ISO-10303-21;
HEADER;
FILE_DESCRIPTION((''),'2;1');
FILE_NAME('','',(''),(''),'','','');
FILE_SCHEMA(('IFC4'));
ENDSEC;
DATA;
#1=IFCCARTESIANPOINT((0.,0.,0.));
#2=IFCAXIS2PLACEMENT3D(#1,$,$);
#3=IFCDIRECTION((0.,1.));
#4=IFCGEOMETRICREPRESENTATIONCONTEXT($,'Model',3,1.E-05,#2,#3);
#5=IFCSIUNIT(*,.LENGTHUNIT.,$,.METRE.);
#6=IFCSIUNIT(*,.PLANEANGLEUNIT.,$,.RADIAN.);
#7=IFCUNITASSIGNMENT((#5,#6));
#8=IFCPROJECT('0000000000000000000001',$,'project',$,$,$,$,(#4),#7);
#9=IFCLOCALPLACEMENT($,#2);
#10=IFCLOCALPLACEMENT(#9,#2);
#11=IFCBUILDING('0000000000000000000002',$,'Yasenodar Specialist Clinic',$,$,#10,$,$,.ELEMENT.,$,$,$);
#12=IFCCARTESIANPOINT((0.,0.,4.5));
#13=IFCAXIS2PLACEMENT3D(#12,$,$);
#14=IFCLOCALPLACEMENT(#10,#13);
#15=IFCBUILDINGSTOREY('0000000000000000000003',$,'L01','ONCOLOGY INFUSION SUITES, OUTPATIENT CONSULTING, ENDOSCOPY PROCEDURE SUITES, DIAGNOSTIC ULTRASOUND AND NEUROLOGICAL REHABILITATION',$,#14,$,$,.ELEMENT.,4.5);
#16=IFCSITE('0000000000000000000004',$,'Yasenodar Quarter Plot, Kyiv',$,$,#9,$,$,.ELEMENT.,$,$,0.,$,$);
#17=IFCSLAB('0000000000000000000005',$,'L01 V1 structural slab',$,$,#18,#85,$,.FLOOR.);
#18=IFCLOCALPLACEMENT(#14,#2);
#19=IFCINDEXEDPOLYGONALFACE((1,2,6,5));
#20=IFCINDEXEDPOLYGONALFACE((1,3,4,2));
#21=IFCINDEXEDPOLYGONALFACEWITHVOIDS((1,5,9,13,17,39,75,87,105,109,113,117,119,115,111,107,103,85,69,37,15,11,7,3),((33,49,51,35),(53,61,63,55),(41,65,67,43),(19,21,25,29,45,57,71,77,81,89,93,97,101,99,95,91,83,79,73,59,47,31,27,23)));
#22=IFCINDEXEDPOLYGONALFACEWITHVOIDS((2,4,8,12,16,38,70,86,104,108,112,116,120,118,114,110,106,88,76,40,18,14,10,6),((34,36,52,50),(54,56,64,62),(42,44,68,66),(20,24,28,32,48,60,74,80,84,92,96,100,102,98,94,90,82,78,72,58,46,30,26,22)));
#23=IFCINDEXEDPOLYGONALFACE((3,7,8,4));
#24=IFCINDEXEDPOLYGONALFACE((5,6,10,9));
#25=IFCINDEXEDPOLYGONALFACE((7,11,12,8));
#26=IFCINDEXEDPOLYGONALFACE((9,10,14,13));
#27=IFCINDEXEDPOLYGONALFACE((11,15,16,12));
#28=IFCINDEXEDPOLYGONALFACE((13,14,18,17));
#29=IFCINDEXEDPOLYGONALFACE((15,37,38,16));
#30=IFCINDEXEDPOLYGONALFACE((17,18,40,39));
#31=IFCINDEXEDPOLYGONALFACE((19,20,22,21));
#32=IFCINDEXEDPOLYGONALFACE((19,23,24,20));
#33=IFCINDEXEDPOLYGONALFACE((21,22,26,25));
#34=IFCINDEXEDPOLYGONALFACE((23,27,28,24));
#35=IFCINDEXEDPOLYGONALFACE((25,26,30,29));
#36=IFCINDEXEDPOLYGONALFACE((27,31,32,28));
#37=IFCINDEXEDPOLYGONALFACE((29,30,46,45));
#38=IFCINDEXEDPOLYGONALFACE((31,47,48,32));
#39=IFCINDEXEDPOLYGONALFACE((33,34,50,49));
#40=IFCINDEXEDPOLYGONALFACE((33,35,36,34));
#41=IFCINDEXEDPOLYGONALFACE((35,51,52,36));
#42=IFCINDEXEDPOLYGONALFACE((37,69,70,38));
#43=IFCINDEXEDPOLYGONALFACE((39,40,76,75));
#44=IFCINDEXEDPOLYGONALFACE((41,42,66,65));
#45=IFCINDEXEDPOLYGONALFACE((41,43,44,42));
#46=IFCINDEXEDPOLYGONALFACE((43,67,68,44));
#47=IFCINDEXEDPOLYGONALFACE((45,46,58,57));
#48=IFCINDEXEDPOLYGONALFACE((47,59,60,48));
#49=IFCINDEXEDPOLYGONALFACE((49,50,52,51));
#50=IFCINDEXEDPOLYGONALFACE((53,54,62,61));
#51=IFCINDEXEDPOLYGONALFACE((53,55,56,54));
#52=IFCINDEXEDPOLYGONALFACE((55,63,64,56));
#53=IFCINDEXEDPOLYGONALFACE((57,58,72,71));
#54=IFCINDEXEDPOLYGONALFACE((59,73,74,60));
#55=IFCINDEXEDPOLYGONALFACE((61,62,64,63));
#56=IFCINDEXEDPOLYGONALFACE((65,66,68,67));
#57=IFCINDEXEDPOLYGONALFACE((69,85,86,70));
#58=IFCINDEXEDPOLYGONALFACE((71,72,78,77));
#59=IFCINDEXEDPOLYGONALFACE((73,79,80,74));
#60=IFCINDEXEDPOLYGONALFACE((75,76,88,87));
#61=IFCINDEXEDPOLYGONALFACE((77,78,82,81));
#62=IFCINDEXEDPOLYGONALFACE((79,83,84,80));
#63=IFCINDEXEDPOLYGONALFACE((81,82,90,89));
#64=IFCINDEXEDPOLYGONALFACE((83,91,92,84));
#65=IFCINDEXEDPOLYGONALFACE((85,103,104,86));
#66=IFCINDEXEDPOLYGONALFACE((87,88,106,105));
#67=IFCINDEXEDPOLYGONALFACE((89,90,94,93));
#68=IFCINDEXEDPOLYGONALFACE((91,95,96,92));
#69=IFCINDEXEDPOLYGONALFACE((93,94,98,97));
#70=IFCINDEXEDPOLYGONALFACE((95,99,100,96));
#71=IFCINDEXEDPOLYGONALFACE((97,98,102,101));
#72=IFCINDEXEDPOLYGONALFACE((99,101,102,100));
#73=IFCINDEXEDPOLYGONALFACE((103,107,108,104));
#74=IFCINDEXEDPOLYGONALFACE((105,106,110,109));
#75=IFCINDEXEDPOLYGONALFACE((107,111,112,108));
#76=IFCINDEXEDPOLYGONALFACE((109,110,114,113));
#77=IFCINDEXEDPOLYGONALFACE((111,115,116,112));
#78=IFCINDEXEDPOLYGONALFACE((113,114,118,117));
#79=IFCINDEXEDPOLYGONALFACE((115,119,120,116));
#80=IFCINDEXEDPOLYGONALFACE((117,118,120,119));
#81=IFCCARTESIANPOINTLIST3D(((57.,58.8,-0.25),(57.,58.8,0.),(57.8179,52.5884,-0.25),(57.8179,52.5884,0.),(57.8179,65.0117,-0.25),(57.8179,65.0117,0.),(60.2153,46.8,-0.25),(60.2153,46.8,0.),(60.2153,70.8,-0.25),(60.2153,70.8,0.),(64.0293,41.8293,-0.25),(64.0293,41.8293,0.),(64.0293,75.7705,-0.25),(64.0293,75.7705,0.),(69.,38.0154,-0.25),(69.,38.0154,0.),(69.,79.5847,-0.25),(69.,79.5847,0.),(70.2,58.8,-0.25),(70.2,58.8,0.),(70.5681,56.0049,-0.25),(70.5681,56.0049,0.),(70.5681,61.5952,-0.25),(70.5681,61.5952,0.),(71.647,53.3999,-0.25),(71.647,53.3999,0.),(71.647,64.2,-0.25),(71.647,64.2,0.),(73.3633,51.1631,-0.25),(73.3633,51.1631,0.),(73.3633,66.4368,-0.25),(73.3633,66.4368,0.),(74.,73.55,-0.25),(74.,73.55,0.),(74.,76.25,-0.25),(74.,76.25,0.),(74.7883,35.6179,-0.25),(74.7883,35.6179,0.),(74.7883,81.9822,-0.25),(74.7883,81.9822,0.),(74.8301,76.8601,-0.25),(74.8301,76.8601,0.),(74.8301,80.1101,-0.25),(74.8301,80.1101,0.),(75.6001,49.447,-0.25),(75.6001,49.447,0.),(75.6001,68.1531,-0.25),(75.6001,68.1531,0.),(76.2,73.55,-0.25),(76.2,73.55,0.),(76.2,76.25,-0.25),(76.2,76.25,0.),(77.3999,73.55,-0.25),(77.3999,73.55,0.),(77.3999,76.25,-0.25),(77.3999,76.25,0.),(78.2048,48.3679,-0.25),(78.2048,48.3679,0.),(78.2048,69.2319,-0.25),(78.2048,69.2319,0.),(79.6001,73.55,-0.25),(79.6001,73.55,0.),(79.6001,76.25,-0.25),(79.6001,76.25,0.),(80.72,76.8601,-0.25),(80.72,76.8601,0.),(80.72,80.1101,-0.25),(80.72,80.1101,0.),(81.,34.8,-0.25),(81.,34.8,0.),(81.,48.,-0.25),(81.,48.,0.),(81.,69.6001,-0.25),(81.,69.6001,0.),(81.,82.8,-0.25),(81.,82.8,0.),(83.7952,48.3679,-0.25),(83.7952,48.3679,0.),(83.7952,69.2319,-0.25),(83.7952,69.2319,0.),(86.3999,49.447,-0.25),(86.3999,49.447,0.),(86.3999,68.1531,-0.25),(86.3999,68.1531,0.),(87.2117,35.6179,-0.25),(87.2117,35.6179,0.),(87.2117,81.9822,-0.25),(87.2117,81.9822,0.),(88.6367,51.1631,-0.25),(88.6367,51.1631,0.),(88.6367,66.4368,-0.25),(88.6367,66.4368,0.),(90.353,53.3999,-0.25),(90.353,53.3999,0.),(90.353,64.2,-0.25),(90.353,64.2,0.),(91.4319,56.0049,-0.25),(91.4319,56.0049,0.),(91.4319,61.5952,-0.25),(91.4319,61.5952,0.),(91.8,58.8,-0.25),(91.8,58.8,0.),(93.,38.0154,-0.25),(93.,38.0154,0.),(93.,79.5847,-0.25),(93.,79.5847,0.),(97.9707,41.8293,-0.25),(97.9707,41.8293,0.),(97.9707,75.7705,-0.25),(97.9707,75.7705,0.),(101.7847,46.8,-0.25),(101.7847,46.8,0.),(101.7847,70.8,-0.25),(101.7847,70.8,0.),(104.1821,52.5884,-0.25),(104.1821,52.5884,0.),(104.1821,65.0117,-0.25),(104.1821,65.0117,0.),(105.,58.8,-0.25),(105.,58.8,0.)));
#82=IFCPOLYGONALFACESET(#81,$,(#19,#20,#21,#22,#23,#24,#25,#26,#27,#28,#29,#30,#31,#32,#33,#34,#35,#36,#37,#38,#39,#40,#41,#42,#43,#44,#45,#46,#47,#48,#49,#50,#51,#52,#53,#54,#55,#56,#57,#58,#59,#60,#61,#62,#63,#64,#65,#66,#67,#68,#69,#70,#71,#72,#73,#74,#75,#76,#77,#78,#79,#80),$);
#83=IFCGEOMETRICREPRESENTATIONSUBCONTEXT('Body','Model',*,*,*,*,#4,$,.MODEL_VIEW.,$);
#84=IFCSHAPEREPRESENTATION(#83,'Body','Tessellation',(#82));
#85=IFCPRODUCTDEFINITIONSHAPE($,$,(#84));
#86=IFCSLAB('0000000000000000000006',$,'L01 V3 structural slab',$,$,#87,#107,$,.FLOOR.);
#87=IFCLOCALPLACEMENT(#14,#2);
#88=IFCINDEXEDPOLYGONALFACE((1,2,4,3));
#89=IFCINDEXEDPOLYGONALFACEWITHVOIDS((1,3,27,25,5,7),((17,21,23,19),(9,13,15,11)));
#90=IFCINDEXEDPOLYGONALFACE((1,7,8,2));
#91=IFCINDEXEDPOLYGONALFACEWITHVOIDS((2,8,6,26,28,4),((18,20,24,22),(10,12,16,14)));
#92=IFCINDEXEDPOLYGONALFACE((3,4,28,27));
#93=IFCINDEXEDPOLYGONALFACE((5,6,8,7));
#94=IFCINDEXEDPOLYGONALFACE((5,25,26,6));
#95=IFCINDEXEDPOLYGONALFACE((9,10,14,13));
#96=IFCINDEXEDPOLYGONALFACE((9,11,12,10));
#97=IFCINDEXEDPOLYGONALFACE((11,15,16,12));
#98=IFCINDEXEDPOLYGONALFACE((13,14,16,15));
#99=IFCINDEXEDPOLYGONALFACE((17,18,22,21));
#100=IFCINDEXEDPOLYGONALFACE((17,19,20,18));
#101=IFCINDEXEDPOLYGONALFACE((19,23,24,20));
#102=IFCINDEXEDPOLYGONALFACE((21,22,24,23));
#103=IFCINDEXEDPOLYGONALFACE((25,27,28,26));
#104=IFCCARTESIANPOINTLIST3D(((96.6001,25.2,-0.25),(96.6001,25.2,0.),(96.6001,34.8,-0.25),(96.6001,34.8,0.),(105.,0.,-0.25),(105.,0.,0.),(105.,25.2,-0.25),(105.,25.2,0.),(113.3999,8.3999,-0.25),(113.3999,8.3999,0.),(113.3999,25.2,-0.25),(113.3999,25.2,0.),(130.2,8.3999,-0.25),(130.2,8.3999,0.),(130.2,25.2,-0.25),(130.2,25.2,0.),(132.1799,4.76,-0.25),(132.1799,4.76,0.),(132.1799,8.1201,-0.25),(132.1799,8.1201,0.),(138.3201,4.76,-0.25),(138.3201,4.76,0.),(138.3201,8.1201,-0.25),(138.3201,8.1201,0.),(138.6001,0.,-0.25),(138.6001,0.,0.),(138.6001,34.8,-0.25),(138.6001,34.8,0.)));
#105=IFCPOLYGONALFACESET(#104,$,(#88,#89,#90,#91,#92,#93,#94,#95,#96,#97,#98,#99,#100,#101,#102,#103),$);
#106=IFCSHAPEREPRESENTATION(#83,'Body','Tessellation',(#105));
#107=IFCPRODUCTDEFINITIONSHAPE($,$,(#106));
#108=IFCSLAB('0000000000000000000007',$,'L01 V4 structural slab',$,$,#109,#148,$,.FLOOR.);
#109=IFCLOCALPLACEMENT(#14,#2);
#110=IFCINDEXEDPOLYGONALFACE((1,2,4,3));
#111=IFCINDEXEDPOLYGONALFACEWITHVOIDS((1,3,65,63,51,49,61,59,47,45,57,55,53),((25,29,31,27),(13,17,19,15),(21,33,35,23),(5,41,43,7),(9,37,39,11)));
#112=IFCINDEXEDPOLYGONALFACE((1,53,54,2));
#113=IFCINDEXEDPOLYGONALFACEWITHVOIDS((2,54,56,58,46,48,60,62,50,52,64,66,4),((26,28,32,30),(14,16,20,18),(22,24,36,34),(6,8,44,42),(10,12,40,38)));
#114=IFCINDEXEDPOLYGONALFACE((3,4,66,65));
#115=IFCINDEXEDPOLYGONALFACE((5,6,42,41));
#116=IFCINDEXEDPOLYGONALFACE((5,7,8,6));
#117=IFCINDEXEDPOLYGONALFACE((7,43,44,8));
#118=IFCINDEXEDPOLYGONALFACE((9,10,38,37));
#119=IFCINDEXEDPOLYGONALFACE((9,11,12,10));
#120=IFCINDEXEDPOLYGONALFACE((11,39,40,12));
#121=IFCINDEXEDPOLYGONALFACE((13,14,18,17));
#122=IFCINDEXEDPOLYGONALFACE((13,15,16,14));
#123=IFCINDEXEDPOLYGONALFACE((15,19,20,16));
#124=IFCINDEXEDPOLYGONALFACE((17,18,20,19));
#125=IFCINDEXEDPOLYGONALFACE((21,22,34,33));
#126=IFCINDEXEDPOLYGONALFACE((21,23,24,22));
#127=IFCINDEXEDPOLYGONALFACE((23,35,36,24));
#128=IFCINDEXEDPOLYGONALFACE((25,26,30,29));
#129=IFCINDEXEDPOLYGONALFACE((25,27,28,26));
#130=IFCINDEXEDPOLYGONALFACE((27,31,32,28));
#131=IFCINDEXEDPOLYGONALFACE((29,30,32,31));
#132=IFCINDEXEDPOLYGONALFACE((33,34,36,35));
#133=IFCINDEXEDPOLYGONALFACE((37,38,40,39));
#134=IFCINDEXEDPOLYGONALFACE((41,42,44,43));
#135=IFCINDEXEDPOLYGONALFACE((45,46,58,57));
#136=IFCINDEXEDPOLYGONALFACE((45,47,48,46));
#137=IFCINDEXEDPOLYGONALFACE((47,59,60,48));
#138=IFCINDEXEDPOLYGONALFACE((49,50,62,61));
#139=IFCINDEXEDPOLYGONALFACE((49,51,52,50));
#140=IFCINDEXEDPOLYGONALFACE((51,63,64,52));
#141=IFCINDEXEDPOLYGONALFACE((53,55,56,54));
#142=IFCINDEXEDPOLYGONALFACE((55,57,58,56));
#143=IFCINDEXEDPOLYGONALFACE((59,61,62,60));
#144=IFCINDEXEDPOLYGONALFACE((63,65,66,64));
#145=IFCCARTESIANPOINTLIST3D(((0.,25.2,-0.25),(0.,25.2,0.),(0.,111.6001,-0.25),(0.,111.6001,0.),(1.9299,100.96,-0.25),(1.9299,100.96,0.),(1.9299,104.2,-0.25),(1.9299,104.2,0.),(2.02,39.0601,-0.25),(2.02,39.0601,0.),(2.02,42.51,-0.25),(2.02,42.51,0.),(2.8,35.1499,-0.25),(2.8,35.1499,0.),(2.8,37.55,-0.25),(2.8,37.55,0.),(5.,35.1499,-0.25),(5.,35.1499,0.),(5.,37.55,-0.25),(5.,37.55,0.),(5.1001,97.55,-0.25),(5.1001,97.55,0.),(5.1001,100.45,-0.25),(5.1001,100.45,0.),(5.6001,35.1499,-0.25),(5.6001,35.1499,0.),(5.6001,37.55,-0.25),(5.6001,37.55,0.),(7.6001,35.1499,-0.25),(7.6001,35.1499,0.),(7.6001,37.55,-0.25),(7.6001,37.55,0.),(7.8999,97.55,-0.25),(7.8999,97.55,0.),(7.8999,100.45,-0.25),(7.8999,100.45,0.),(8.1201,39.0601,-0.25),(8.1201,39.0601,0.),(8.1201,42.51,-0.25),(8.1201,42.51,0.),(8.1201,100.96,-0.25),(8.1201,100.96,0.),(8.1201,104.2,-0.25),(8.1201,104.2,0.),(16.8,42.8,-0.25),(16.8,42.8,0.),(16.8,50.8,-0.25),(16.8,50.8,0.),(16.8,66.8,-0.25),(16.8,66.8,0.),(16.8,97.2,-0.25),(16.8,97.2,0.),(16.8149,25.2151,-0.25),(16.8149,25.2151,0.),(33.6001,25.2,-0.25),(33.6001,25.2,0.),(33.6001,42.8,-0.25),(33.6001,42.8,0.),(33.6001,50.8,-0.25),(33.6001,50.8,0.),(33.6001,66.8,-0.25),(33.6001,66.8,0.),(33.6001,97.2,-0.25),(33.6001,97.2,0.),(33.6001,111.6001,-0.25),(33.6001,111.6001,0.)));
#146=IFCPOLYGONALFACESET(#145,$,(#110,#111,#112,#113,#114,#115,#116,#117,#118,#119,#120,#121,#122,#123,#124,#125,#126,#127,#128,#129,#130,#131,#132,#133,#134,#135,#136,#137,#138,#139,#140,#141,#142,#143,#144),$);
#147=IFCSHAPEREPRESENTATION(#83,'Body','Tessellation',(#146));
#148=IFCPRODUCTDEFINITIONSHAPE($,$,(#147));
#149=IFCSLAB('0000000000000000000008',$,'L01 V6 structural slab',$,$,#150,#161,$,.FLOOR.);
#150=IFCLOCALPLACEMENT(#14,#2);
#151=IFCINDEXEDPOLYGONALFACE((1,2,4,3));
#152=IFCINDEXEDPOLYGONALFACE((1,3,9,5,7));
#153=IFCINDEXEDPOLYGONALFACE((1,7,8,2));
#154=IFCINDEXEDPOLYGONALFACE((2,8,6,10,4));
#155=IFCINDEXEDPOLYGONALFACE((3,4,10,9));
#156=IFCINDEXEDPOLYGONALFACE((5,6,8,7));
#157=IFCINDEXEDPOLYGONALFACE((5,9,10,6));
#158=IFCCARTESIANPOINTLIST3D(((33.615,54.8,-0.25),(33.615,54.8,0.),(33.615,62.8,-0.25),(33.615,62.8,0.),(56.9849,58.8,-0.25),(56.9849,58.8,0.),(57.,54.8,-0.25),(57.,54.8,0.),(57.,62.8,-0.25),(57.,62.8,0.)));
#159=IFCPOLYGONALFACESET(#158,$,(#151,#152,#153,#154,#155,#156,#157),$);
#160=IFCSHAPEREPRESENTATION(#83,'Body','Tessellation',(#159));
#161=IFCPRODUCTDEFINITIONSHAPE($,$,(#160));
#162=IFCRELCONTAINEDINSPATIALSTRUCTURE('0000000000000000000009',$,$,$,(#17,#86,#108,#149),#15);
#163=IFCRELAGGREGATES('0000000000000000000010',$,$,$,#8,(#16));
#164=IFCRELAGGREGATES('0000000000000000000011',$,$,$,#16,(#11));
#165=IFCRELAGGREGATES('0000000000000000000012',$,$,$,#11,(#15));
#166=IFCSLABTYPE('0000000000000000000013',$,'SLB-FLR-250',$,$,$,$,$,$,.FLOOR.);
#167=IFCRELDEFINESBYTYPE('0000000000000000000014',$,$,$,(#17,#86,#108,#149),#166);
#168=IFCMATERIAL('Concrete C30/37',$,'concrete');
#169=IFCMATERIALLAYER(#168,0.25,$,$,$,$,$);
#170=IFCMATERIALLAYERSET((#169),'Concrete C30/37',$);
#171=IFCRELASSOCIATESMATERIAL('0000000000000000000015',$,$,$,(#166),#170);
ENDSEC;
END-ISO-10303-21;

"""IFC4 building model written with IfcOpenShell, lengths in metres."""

from ifc_helpers import new_model, si_unit, direction, frame, origin, place, context, subcontext, project, spatial, polyline, outline, extrude, material, layer, layer_set, type_object, element, save


model = new_model("IFC4")

# Units and contexts
model_context = context("Model", 3, precision=1e-05, world=origin(), true_north=direction((0.0, 1.0)))
body_context = subcontext(model_context, "Body", "Model", "MODEL_VIEW")
ifc_project = project(units=[si_unit("LENGTHUNIT", "METRE"), si_unit("PLANEANGLEUNIT", "RADIAN")], contexts=[model_context])

# Site, building, storey
site_placement = place(None, origin())
site = spatial("IfcSite", under=ifc_project, at=site_placement, Name="Yasenodar Quarter Plot, Kyiv", CompositionType="ELEMENT", RefElevation=0.0)
building_placement = place(site_placement, origin())
building = spatial("IfcBuilding", under=site, at=building_placement, Name="Yasenodar Specialist Clinic", CompositionType="ELEMENT")
storey_placement = place(building_placement, frame((0.0, 0.0, 4.5)))
storey = spatial("IfcBuildingStorey", under=building, at=storey_placement, Name="L01", Description="ONCOLOGY INFUSION SUITES, OUTPATIENT CONSULTING, ENDOSCOPY PROCEDURE SUITES, DIAGNOSTIC ULTRASOUND AND NEUROLOGICAL REHABILITATION", CompositionType="ELEMENT", Elevation=4.5)

# Slabs
ifc_material_1 = material(Name="Concrete C30/37", Category="concrete")
ifc_layer_1 = layer(ifc_material_1, 0.25)
ifc_layer_set_1 = layer_set([ifc_layer_1], Name="Concrete C30/37")
slab_type_1 = type_object("IfcSlabType", Name="SLB-FLR-250", PredefinedType="FLOOR", material=ifc_layer_set_1)
slab_1_placement = place(storey_placement, frame((0.0, 0.0, -0.25)))
element("IfcSlab", 1, at=slab_1_placement, inside=storey, type_object=slab_type_1, Name="L01 V1 structural slab", PredefinedType="FLOOR", context=body_context, shape_type="SweptSolid", body=[
    extrude(outline(polyline([(105.0, 58.8), (104.1821, 65.0117), (101.7847, 70.8), (97.9707, 75.7705), (93.0, 79.5847), (87.2117, 81.9822), (81.0, 82.8), (74.7883, 81.9822), (69.0, 79.5847), (64.0293, 75.7705), (60.2153, 70.8), (57.8179, 65.0117), (57.0, 58.8), (57.8179, 52.5884), (60.2153, 46.8), (64.0293, 41.8293), (69.0, 38.0154), (74.7883, 35.6179), (81.0, 34.8), (87.2117, 35.6179), (93.0, 38.0154), (97.9707, 41.8293), (101.7847, 46.8), (104.1821, 52.5884), (105.0, 58.8)]), holes=[polyline([(74.8301, 76.8601), (80.72, 76.8601), (80.72, 80.1101), (74.8301, 80.1101), (74.8301, 76.8601)]), polyline([(74.0, 73.55), (76.2, 73.55), (76.2, 76.25), (74.0, 76.25), (74.0, 73.55)]), polyline([(77.3999, 73.55), (79.6001, 73.55), (79.6001, 76.25), (77.3999, 76.25), (77.3999, 73.55)]), polyline([(91.8, 58.8), (91.4319, 61.5952), (90.353, 64.2), (88.6367, 66.4368), (86.3999, 68.1531), (83.7952, 69.2319), (81.0, 69.6001), (78.2048, 69.2319), (75.6001, 68.1531), (73.3633, 66.4368), (71.647, 64.2), (70.5681, 61.5952), (70.2, 58.8), (70.5681, 56.0049), (71.647, 53.3999), (73.3633, 51.1631), (75.6001, 49.447), (78.2048, 48.3679), (81.0, 48.0), (83.7952, 48.3679), (86.3999, 49.447), (88.6367, 51.1631), (90.353, 53.3999), (91.4319, 56.0049), (91.8, 58.8)])]), origin(), (0.0, 0.0, 1.0), 0.25),
])
slab_2_placement = place(storey_placement, frame((0.0, 0.0, -0.25)))
element("IfcSlab", 2, at=slab_2_placement, inside=storey, type_object=slab_type_1, Name="L01 V3 structural slab", PredefinedType="FLOOR", context=body_context, shape_type="SweptSolid", body=[
    extrude(outline(polyline([(105.0, 25.2), (96.6001, 25.2), (96.6001, 34.8), (138.6001, 34.8), (138.6001, 0.0), (105.0, 0.0), (105.0, 25.2)]), holes=[polyline([(138.3201, 4.76), (138.3201, 8.1201), (132.1799, 8.1201), (132.1799, 4.76), (138.3201, 4.76)]), polyline([(130.2, 8.3999), (130.2, 25.2), (113.3999, 25.2), (113.3999, 8.3999), (130.2, 8.3999)])]), origin(), (0.0, 0.0, 1.0), 0.25),
])
slab_3_placement = place(storey_placement, frame((0.0, 0.0, -0.25)))
element("IfcSlab", 3, at=slab_3_placement, inside=storey, type_object=slab_type_1, Name="L01 V4 structural slab", PredefinedType="FLOOR", context=body_context, shape_type="SweptSolid", body=[
    extrude(outline(polyline([(0.0, 25.2), (0.0, 111.6001), (33.6001, 111.6001), (33.6001, 97.2), (16.8, 97.2), (16.8, 66.8), (33.6001, 66.8), (33.6001, 50.8), (16.8, 50.8), (16.8, 42.8), (33.6001, 42.8), (33.6001, 25.2), (16.8149, 25.2151), (0.0, 25.2)]), holes=[polyline([(8.1201, 39.0601), (8.1201, 42.51), (2.02, 42.51), (2.02, 39.0601), (8.1201, 39.0601)]), polyline([(8.1201, 100.96), (8.1201, 104.2), (1.9299, 104.2), (1.9299, 100.96), (8.1201, 100.96)]), polyline([(7.6001, 35.1499), (7.6001, 37.55), (5.6001, 37.55), (5.6001, 35.1499), (7.6001, 35.1499)]), polyline([(5.0, 35.1499), (5.0, 37.55), (2.8, 37.55), (2.8, 35.1499), (5.0, 35.1499)]), polyline([(7.8999, 97.55), (7.8999, 100.45), (5.1001, 100.45), (5.1001, 97.55), (7.8999, 97.55)])]), origin(), (0.0, 0.0, 1.0), 0.25),
])
slab_4_placement = place(storey_placement, frame((0.0, 0.0, -0.25)))
element("IfcSlab", 4, at=slab_4_placement, inside=storey, type_object=slab_type_1, Name="L01 V6 structural slab", PredefinedType="FLOOR", context=body_context, shape_type="SweptSolid", body=[
    extrude(outline(polyline([(57.0, 54.8), (33.615, 54.8), (33.615, 62.8), (57.0, 62.8), (56.9849, 58.8), (57.0, 54.8)])), origin(), (0.0, 0.0, 1.0), 0.25),
])

save(model, "model.ifc")
